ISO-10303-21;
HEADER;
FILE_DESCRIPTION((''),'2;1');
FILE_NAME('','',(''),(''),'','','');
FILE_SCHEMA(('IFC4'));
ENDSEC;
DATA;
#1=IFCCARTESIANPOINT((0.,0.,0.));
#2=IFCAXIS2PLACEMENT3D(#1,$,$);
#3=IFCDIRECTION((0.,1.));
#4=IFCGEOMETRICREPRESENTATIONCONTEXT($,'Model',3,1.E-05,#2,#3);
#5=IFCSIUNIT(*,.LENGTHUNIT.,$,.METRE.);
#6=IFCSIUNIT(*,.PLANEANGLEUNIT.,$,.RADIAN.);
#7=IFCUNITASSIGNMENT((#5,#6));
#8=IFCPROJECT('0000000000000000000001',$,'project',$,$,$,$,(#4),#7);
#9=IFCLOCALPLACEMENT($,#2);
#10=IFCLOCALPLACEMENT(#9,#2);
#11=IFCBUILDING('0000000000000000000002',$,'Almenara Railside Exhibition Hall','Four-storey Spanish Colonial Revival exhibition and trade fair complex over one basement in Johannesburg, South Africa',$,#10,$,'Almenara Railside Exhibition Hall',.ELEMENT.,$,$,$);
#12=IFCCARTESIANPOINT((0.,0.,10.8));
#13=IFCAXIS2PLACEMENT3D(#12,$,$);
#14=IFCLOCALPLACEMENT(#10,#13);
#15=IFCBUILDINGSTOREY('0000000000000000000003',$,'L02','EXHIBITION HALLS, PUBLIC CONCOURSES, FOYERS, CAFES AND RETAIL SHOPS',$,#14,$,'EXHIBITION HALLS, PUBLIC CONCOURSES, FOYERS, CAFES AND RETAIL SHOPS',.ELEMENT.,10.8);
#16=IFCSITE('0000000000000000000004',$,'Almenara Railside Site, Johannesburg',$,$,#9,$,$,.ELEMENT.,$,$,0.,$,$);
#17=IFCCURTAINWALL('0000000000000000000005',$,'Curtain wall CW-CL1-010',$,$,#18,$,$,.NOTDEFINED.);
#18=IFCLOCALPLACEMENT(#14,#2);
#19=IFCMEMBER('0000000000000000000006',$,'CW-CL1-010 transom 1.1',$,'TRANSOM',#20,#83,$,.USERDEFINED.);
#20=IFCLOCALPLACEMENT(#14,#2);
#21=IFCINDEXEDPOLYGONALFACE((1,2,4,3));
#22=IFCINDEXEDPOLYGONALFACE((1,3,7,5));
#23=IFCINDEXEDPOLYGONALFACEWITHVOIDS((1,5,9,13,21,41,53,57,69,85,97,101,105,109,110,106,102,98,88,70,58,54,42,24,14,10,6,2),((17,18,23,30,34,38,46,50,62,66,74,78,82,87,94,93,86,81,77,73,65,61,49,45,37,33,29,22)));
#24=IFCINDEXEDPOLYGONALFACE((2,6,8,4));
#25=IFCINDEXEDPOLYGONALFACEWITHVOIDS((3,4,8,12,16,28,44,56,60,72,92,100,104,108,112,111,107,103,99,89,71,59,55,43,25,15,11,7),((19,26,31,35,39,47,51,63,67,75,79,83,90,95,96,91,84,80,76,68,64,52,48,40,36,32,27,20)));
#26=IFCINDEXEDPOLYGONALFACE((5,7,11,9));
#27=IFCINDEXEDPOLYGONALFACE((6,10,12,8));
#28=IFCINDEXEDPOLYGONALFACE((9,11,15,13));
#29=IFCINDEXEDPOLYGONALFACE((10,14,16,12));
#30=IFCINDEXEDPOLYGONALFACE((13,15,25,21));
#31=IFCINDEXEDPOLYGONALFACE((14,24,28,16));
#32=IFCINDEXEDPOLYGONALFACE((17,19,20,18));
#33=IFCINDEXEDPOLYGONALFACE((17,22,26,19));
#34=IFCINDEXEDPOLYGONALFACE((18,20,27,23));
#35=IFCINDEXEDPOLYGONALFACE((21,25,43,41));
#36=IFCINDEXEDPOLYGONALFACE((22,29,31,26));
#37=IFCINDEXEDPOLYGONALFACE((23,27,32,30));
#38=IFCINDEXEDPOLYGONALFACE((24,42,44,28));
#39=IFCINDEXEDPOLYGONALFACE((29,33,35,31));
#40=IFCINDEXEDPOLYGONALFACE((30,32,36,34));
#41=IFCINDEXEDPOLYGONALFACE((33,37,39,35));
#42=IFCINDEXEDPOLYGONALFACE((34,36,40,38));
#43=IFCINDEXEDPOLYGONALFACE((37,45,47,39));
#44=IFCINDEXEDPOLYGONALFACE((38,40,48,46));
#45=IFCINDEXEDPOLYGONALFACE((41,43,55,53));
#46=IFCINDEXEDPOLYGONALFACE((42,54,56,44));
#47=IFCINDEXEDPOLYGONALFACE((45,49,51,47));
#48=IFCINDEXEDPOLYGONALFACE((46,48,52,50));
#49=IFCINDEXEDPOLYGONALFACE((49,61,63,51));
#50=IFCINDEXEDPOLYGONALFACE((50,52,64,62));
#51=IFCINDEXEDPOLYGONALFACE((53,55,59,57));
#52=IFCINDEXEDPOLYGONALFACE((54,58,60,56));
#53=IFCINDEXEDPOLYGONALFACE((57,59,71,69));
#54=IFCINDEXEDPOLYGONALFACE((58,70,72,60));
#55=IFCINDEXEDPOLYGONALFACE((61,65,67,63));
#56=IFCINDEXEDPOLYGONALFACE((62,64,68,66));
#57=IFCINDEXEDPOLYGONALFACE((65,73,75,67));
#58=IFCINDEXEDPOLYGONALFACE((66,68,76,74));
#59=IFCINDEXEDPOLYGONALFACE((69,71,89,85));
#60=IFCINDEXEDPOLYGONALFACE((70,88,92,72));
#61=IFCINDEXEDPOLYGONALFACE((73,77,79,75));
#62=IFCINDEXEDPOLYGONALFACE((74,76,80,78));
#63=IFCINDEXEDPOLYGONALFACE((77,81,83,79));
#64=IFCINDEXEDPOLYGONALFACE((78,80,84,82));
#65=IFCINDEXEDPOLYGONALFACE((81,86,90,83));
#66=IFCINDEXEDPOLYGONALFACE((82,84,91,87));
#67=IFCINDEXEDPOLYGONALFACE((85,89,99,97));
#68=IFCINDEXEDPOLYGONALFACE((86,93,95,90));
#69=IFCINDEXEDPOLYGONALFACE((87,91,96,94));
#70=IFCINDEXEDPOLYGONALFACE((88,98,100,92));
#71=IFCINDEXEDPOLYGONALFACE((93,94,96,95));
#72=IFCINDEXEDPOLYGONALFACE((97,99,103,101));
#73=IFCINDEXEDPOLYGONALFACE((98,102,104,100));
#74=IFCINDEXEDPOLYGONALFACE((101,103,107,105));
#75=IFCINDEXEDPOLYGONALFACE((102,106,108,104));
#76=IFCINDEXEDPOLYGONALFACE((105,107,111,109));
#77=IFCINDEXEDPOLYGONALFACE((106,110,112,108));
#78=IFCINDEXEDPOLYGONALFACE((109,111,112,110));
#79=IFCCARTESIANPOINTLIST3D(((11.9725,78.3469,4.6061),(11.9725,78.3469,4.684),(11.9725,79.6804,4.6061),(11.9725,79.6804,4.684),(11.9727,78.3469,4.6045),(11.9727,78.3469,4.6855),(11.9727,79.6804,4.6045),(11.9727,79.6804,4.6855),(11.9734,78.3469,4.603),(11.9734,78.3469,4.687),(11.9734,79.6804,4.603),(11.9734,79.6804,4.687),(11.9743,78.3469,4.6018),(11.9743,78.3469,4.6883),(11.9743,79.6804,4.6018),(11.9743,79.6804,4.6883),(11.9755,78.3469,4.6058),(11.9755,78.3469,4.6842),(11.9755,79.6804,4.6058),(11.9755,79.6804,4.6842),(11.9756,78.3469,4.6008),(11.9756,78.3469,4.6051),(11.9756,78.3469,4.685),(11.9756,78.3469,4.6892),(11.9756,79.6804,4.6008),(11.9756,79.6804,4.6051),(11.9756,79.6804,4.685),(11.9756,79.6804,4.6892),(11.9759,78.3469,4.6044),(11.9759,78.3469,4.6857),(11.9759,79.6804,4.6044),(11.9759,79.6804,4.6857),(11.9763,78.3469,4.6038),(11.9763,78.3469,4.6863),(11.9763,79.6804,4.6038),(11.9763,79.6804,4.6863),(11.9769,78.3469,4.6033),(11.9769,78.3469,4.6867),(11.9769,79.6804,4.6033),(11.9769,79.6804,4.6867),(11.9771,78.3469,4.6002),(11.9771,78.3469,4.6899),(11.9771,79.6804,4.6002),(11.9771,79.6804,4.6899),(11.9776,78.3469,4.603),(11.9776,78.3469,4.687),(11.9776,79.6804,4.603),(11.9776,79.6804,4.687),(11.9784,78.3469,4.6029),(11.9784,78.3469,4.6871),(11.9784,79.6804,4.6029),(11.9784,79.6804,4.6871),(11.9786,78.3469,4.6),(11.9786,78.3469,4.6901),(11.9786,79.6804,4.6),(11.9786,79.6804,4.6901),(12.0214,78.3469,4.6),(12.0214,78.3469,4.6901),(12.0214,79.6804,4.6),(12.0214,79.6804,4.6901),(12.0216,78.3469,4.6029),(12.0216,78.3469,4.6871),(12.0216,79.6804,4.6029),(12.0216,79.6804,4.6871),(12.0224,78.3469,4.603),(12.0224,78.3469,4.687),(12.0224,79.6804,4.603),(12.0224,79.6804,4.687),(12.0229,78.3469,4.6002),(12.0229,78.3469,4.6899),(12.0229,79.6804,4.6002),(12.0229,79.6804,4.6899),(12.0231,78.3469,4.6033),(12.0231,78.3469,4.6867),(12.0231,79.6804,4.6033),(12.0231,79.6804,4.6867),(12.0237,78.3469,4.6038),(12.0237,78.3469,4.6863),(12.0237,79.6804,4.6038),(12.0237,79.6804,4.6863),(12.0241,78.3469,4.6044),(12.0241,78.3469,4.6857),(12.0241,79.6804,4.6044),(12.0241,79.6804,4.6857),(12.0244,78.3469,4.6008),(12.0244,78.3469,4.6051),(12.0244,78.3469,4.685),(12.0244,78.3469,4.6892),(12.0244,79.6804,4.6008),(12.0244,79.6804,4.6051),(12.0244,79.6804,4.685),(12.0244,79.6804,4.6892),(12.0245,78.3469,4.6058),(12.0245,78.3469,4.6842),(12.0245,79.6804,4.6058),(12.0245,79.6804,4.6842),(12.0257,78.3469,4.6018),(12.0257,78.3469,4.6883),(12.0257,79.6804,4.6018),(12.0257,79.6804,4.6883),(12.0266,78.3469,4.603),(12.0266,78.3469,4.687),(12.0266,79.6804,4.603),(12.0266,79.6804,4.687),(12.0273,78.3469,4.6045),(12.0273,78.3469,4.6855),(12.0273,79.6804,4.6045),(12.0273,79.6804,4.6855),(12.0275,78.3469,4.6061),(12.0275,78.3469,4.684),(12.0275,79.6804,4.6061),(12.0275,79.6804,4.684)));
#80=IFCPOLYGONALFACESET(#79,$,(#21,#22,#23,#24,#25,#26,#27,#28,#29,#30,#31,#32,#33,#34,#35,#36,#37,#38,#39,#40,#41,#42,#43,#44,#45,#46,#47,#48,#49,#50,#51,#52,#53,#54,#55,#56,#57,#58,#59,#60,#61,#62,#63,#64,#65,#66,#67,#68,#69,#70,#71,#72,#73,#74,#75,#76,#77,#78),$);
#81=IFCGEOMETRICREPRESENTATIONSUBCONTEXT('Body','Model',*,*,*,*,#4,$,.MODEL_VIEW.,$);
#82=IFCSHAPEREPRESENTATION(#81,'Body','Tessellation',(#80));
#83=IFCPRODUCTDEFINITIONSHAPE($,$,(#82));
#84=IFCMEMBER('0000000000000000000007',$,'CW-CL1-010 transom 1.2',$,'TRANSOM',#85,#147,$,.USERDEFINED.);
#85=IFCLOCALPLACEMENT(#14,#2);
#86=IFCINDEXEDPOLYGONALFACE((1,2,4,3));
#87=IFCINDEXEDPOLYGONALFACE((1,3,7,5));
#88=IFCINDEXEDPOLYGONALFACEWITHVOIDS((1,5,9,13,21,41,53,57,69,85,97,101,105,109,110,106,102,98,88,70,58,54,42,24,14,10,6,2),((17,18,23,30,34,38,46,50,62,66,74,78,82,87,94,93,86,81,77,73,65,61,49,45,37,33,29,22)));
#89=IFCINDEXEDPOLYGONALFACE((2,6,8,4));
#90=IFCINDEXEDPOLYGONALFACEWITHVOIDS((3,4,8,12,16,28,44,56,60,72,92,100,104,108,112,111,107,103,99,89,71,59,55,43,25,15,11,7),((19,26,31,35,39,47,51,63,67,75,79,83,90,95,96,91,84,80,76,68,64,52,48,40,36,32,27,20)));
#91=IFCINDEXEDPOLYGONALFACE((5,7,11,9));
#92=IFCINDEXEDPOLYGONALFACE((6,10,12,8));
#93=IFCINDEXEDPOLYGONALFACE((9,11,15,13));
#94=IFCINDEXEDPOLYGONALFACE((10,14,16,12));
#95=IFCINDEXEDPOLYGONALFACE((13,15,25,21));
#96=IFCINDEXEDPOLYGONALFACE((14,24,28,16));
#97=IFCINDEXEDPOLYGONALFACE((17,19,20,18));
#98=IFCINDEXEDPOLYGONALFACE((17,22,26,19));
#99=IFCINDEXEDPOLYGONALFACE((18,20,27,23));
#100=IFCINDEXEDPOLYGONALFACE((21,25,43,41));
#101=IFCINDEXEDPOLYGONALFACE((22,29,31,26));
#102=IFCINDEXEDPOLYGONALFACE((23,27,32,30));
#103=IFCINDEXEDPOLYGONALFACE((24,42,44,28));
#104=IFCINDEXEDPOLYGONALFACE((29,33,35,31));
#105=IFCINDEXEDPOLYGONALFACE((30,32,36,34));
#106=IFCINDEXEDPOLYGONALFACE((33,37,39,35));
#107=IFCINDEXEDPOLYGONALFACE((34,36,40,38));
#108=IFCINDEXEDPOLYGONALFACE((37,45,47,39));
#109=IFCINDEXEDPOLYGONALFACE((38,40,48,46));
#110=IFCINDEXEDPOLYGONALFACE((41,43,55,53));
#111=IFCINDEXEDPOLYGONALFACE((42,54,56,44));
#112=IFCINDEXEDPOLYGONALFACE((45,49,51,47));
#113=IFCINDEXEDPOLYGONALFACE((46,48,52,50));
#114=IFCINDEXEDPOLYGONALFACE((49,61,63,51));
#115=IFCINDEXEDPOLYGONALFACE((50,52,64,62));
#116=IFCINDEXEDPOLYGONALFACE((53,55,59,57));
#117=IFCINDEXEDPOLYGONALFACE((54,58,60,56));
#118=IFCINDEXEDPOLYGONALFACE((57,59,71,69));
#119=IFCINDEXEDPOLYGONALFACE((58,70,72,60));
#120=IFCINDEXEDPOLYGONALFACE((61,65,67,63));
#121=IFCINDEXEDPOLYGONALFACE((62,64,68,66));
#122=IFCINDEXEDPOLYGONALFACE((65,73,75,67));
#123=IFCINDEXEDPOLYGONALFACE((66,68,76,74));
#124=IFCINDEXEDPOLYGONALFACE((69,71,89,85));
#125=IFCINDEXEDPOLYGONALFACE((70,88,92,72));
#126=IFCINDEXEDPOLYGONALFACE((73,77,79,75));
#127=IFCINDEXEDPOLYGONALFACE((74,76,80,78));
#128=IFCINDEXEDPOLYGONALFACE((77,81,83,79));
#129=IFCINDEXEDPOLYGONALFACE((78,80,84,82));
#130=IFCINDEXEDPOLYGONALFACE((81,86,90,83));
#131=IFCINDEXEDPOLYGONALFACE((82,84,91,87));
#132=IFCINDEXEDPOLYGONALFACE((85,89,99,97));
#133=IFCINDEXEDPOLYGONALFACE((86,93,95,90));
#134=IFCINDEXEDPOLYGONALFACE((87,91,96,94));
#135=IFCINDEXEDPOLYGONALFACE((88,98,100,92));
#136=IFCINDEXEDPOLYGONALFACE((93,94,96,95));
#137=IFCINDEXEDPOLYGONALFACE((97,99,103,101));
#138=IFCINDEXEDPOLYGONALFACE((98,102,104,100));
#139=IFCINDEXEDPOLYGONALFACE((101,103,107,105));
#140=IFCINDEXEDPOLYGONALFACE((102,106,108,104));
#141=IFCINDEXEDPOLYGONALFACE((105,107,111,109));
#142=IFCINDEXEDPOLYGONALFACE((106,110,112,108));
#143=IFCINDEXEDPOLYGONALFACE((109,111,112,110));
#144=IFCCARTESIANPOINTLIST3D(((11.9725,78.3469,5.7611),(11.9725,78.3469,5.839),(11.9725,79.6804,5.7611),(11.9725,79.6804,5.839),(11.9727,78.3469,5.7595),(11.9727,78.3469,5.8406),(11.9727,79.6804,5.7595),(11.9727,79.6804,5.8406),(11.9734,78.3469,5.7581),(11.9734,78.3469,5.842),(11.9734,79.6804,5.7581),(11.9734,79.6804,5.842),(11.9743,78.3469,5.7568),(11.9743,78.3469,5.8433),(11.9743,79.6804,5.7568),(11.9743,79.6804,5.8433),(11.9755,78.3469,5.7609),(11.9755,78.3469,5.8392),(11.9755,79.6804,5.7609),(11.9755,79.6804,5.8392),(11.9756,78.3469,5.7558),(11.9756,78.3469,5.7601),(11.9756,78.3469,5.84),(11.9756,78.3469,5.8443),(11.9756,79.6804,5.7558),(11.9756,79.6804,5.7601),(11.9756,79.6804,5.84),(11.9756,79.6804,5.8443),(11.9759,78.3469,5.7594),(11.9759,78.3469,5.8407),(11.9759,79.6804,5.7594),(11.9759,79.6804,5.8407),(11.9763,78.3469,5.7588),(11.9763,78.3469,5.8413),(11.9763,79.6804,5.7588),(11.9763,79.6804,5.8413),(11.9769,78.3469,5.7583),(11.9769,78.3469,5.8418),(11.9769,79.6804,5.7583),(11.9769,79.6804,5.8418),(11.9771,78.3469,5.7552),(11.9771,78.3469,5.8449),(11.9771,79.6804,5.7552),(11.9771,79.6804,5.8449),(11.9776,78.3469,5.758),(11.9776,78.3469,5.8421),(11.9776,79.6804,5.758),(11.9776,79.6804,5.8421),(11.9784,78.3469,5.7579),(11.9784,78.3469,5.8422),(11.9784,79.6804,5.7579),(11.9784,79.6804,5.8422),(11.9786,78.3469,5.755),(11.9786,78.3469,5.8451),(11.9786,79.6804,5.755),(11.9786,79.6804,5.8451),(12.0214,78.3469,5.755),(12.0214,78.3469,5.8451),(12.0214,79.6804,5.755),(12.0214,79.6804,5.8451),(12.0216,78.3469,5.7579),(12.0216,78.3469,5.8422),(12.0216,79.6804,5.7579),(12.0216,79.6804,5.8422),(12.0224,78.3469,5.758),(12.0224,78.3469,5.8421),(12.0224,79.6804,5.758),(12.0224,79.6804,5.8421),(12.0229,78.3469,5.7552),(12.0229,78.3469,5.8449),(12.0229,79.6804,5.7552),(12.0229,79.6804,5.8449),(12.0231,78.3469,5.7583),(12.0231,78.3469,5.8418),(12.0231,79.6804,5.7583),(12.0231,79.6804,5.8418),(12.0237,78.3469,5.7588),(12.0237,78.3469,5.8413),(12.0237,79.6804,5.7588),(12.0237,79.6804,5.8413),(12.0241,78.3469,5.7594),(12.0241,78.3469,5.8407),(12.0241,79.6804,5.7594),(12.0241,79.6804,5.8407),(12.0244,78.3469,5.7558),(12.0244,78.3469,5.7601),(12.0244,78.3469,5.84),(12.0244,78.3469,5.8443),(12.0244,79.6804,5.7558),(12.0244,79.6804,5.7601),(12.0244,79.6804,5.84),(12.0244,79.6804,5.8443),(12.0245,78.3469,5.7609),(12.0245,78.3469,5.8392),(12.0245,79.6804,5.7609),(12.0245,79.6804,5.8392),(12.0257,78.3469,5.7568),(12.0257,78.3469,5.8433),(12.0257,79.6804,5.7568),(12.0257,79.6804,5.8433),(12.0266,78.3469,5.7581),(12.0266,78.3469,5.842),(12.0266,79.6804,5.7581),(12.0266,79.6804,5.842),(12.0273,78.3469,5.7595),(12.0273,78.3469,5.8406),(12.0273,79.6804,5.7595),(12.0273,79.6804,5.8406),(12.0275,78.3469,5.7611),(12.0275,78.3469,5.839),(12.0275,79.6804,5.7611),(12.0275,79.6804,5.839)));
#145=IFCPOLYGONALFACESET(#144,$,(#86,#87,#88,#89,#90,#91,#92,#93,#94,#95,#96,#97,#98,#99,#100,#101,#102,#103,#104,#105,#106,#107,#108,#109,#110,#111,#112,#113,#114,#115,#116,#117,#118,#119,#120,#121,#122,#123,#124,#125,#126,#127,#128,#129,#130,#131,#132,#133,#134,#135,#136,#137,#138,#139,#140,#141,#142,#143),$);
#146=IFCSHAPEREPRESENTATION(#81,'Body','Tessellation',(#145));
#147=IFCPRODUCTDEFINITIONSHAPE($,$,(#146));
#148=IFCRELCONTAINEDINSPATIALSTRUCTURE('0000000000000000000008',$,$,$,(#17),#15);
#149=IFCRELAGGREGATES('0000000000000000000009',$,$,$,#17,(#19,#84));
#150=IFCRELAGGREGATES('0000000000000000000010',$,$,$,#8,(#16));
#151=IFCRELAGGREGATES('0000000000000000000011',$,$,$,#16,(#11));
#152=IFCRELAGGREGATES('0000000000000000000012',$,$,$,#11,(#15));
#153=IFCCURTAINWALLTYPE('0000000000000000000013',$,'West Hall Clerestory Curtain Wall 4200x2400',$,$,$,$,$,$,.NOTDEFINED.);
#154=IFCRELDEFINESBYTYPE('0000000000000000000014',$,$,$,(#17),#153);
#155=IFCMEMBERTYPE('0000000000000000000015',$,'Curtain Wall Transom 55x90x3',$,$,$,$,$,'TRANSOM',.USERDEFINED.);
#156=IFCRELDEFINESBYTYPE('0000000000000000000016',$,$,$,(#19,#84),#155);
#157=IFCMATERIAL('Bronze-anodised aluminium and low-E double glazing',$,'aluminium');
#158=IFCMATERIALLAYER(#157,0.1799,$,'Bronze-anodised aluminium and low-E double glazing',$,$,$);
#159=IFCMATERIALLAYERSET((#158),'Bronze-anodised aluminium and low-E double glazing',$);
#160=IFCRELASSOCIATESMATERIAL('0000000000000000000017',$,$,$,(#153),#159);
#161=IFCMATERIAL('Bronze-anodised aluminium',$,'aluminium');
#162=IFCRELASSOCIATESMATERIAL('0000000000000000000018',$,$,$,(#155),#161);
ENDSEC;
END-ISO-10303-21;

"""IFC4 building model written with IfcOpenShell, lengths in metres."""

from ifc_helpers import new_model, si_unit, direction, frame, origin, origin_2d, place, context, subcontext, project, spatial, hollow_rectangle, extrude, material, layer, layer_set, material_profile, profile_set, type_object, element, aggregate, save


model = new_model("IFC4")

# Units and contexts
model_context = context("Model", 3, precision=1e-05, world=origin(), true_north=direction((0.0, 1.0)))
body_context = subcontext(model_context, "Body", "Model", "MODEL_VIEW")
ifc_project = project(units=[si_unit("LENGTHUNIT", "METRE"), si_unit("PLANEANGLEUNIT", "RADIAN")], contexts=[model_context])

# Site, building, storey
site_placement = place(None, origin())
site = spatial("IfcSite", under=ifc_project, at=site_placement, Name="Almenara Railside Site, Johannesburg", CompositionType="ELEMENT", RefElevation=0.0)
building_placement = place(site_placement, origin())
building = spatial("IfcBuilding", under=site, at=building_placement, Name="Almenara Railside Exhibition Hall", Description="Four-storey Spanish Colonial Revival exhibition and trade fair complex over one basement in Johannesburg, South Africa", LongName="Almenara Railside Exhibition Hall", CompositionType="ELEMENT")
storey_placement = place(building_placement, frame((0.0, 0.0, 10.8)))
storey = spatial("IfcBuildingStorey", under=building, at=storey_placement, Name="L02", Description="EXHIBITION HALLS, PUBLIC CONCOURSES, FOYERS, CAFES AND RETAIL SHOPS", LongName="EXHIBITION HALLS, PUBLIC CONCOURSES, FOYERS, CAFES AND RETAIL SHOPS", CompositionType="ELEMENT", Elevation=10.8)

# Curtain wall
ifc_material_1 = material(Name="Bronze-anodised aluminium and low-E double glazing", Category="aluminium")
ifc_layer_1 = layer(ifc_material_1, 0.1799, Name="Bronze-anodised aluminium and low-E double glazing")
ifc_layer_set_1 = layer_set([ifc_layer_1], Name="Bronze-anodised aluminium and low-E double glazing")
curtain_wall_type = type_object("IfcCurtainWallType", Name="West Hall Clerestory Curtain Wall 4200x2400", PredefinedType="NOTDEFINED", material=ifc_layer_set_1)
curtain_wall_1_placement = place(storey_placement, origin())
curtain_wall_1 = element("IfcCurtainWall", 1, at=curtain_wall_1_placement, inside=storey, type_object=curtain_wall_type, Name="Curtain wall CW-CL1-010", PredefinedType="NOTDEFINED")
ifc_material_2 = material(Name="Bronze-anodised aluminium", Category="aluminium")

# Members
ifc_material_profile_1 = material_profile(ifc_material_2, hollow_rectangle(XDim=0.0549, YDim=0.0901, WallThickness=0.0029, InnerFilletRadius=0.0029, OuterFilletRadius=0.0061, at=origin_2d()), Name="ALU-TRN 55x90x3")
ifc_profile_set_1 = profile_set([ifc_material_profile_1], Name="Bronze-anodised aluminium")
member_type_1 = type_object("IfcMemberType", Name="Curtain Wall Transom 55x90x3", ElementType="TRANSOM", PredefinedType="USERDEFINED", material=ifc_profile_set_1)
member_1_placement = place(storey_placement, frame((12.0, 78.3469, 4.645), z_axis=(0.0, 1.0, 0.0), x_axis=(-1.0, 0.0, 0.0)))
member_1 = element("IfcMember", 2, at=member_1_placement, type_object=member_type_1, Name="CW-CL1-010 transom 1.1", ObjectType="TRANSOM", PredefinedType="USERDEFINED", context=body_context, shape_type="SweptSolid", body=[
    extrude(hollow_rectangle(XDim=0.0549, YDim=0.0901, WallThickness=0.0029, InnerFilletRadius=0.0029, OuterFilletRadius=0.0061, at=origin_2d()), origin(), (0.0, 0.0, 1.0), 1.3335),
])
member_2_placement = place(storey_placement, frame((12.0, 78.3469, 5.8), z_axis=(0.0, 1.0, 0.0), x_axis=(-1.0, 0.0, 0.0)))
member_2 = element("IfcMember", 3, at=member_2_placement, type_object=member_type_1, Name="CW-CL1-010 transom 1.2", ObjectType="TRANSOM", PredefinedType="USERDEFINED", context=body_context, shape_type="SweptSolid", body=[
    extrude(hollow_rectangle(XDim=0.0549, YDim=0.0901, WallThickness=0.0029, InnerFilletRadius=0.0029, OuterFilletRadius=0.0061, at=origin_2d()), origin(), (0.0, 0.0, 1.0), 1.3335),
])

aggregate(curtain_wall_1, [member_1, member_2])

save(model, "model.ifc")
